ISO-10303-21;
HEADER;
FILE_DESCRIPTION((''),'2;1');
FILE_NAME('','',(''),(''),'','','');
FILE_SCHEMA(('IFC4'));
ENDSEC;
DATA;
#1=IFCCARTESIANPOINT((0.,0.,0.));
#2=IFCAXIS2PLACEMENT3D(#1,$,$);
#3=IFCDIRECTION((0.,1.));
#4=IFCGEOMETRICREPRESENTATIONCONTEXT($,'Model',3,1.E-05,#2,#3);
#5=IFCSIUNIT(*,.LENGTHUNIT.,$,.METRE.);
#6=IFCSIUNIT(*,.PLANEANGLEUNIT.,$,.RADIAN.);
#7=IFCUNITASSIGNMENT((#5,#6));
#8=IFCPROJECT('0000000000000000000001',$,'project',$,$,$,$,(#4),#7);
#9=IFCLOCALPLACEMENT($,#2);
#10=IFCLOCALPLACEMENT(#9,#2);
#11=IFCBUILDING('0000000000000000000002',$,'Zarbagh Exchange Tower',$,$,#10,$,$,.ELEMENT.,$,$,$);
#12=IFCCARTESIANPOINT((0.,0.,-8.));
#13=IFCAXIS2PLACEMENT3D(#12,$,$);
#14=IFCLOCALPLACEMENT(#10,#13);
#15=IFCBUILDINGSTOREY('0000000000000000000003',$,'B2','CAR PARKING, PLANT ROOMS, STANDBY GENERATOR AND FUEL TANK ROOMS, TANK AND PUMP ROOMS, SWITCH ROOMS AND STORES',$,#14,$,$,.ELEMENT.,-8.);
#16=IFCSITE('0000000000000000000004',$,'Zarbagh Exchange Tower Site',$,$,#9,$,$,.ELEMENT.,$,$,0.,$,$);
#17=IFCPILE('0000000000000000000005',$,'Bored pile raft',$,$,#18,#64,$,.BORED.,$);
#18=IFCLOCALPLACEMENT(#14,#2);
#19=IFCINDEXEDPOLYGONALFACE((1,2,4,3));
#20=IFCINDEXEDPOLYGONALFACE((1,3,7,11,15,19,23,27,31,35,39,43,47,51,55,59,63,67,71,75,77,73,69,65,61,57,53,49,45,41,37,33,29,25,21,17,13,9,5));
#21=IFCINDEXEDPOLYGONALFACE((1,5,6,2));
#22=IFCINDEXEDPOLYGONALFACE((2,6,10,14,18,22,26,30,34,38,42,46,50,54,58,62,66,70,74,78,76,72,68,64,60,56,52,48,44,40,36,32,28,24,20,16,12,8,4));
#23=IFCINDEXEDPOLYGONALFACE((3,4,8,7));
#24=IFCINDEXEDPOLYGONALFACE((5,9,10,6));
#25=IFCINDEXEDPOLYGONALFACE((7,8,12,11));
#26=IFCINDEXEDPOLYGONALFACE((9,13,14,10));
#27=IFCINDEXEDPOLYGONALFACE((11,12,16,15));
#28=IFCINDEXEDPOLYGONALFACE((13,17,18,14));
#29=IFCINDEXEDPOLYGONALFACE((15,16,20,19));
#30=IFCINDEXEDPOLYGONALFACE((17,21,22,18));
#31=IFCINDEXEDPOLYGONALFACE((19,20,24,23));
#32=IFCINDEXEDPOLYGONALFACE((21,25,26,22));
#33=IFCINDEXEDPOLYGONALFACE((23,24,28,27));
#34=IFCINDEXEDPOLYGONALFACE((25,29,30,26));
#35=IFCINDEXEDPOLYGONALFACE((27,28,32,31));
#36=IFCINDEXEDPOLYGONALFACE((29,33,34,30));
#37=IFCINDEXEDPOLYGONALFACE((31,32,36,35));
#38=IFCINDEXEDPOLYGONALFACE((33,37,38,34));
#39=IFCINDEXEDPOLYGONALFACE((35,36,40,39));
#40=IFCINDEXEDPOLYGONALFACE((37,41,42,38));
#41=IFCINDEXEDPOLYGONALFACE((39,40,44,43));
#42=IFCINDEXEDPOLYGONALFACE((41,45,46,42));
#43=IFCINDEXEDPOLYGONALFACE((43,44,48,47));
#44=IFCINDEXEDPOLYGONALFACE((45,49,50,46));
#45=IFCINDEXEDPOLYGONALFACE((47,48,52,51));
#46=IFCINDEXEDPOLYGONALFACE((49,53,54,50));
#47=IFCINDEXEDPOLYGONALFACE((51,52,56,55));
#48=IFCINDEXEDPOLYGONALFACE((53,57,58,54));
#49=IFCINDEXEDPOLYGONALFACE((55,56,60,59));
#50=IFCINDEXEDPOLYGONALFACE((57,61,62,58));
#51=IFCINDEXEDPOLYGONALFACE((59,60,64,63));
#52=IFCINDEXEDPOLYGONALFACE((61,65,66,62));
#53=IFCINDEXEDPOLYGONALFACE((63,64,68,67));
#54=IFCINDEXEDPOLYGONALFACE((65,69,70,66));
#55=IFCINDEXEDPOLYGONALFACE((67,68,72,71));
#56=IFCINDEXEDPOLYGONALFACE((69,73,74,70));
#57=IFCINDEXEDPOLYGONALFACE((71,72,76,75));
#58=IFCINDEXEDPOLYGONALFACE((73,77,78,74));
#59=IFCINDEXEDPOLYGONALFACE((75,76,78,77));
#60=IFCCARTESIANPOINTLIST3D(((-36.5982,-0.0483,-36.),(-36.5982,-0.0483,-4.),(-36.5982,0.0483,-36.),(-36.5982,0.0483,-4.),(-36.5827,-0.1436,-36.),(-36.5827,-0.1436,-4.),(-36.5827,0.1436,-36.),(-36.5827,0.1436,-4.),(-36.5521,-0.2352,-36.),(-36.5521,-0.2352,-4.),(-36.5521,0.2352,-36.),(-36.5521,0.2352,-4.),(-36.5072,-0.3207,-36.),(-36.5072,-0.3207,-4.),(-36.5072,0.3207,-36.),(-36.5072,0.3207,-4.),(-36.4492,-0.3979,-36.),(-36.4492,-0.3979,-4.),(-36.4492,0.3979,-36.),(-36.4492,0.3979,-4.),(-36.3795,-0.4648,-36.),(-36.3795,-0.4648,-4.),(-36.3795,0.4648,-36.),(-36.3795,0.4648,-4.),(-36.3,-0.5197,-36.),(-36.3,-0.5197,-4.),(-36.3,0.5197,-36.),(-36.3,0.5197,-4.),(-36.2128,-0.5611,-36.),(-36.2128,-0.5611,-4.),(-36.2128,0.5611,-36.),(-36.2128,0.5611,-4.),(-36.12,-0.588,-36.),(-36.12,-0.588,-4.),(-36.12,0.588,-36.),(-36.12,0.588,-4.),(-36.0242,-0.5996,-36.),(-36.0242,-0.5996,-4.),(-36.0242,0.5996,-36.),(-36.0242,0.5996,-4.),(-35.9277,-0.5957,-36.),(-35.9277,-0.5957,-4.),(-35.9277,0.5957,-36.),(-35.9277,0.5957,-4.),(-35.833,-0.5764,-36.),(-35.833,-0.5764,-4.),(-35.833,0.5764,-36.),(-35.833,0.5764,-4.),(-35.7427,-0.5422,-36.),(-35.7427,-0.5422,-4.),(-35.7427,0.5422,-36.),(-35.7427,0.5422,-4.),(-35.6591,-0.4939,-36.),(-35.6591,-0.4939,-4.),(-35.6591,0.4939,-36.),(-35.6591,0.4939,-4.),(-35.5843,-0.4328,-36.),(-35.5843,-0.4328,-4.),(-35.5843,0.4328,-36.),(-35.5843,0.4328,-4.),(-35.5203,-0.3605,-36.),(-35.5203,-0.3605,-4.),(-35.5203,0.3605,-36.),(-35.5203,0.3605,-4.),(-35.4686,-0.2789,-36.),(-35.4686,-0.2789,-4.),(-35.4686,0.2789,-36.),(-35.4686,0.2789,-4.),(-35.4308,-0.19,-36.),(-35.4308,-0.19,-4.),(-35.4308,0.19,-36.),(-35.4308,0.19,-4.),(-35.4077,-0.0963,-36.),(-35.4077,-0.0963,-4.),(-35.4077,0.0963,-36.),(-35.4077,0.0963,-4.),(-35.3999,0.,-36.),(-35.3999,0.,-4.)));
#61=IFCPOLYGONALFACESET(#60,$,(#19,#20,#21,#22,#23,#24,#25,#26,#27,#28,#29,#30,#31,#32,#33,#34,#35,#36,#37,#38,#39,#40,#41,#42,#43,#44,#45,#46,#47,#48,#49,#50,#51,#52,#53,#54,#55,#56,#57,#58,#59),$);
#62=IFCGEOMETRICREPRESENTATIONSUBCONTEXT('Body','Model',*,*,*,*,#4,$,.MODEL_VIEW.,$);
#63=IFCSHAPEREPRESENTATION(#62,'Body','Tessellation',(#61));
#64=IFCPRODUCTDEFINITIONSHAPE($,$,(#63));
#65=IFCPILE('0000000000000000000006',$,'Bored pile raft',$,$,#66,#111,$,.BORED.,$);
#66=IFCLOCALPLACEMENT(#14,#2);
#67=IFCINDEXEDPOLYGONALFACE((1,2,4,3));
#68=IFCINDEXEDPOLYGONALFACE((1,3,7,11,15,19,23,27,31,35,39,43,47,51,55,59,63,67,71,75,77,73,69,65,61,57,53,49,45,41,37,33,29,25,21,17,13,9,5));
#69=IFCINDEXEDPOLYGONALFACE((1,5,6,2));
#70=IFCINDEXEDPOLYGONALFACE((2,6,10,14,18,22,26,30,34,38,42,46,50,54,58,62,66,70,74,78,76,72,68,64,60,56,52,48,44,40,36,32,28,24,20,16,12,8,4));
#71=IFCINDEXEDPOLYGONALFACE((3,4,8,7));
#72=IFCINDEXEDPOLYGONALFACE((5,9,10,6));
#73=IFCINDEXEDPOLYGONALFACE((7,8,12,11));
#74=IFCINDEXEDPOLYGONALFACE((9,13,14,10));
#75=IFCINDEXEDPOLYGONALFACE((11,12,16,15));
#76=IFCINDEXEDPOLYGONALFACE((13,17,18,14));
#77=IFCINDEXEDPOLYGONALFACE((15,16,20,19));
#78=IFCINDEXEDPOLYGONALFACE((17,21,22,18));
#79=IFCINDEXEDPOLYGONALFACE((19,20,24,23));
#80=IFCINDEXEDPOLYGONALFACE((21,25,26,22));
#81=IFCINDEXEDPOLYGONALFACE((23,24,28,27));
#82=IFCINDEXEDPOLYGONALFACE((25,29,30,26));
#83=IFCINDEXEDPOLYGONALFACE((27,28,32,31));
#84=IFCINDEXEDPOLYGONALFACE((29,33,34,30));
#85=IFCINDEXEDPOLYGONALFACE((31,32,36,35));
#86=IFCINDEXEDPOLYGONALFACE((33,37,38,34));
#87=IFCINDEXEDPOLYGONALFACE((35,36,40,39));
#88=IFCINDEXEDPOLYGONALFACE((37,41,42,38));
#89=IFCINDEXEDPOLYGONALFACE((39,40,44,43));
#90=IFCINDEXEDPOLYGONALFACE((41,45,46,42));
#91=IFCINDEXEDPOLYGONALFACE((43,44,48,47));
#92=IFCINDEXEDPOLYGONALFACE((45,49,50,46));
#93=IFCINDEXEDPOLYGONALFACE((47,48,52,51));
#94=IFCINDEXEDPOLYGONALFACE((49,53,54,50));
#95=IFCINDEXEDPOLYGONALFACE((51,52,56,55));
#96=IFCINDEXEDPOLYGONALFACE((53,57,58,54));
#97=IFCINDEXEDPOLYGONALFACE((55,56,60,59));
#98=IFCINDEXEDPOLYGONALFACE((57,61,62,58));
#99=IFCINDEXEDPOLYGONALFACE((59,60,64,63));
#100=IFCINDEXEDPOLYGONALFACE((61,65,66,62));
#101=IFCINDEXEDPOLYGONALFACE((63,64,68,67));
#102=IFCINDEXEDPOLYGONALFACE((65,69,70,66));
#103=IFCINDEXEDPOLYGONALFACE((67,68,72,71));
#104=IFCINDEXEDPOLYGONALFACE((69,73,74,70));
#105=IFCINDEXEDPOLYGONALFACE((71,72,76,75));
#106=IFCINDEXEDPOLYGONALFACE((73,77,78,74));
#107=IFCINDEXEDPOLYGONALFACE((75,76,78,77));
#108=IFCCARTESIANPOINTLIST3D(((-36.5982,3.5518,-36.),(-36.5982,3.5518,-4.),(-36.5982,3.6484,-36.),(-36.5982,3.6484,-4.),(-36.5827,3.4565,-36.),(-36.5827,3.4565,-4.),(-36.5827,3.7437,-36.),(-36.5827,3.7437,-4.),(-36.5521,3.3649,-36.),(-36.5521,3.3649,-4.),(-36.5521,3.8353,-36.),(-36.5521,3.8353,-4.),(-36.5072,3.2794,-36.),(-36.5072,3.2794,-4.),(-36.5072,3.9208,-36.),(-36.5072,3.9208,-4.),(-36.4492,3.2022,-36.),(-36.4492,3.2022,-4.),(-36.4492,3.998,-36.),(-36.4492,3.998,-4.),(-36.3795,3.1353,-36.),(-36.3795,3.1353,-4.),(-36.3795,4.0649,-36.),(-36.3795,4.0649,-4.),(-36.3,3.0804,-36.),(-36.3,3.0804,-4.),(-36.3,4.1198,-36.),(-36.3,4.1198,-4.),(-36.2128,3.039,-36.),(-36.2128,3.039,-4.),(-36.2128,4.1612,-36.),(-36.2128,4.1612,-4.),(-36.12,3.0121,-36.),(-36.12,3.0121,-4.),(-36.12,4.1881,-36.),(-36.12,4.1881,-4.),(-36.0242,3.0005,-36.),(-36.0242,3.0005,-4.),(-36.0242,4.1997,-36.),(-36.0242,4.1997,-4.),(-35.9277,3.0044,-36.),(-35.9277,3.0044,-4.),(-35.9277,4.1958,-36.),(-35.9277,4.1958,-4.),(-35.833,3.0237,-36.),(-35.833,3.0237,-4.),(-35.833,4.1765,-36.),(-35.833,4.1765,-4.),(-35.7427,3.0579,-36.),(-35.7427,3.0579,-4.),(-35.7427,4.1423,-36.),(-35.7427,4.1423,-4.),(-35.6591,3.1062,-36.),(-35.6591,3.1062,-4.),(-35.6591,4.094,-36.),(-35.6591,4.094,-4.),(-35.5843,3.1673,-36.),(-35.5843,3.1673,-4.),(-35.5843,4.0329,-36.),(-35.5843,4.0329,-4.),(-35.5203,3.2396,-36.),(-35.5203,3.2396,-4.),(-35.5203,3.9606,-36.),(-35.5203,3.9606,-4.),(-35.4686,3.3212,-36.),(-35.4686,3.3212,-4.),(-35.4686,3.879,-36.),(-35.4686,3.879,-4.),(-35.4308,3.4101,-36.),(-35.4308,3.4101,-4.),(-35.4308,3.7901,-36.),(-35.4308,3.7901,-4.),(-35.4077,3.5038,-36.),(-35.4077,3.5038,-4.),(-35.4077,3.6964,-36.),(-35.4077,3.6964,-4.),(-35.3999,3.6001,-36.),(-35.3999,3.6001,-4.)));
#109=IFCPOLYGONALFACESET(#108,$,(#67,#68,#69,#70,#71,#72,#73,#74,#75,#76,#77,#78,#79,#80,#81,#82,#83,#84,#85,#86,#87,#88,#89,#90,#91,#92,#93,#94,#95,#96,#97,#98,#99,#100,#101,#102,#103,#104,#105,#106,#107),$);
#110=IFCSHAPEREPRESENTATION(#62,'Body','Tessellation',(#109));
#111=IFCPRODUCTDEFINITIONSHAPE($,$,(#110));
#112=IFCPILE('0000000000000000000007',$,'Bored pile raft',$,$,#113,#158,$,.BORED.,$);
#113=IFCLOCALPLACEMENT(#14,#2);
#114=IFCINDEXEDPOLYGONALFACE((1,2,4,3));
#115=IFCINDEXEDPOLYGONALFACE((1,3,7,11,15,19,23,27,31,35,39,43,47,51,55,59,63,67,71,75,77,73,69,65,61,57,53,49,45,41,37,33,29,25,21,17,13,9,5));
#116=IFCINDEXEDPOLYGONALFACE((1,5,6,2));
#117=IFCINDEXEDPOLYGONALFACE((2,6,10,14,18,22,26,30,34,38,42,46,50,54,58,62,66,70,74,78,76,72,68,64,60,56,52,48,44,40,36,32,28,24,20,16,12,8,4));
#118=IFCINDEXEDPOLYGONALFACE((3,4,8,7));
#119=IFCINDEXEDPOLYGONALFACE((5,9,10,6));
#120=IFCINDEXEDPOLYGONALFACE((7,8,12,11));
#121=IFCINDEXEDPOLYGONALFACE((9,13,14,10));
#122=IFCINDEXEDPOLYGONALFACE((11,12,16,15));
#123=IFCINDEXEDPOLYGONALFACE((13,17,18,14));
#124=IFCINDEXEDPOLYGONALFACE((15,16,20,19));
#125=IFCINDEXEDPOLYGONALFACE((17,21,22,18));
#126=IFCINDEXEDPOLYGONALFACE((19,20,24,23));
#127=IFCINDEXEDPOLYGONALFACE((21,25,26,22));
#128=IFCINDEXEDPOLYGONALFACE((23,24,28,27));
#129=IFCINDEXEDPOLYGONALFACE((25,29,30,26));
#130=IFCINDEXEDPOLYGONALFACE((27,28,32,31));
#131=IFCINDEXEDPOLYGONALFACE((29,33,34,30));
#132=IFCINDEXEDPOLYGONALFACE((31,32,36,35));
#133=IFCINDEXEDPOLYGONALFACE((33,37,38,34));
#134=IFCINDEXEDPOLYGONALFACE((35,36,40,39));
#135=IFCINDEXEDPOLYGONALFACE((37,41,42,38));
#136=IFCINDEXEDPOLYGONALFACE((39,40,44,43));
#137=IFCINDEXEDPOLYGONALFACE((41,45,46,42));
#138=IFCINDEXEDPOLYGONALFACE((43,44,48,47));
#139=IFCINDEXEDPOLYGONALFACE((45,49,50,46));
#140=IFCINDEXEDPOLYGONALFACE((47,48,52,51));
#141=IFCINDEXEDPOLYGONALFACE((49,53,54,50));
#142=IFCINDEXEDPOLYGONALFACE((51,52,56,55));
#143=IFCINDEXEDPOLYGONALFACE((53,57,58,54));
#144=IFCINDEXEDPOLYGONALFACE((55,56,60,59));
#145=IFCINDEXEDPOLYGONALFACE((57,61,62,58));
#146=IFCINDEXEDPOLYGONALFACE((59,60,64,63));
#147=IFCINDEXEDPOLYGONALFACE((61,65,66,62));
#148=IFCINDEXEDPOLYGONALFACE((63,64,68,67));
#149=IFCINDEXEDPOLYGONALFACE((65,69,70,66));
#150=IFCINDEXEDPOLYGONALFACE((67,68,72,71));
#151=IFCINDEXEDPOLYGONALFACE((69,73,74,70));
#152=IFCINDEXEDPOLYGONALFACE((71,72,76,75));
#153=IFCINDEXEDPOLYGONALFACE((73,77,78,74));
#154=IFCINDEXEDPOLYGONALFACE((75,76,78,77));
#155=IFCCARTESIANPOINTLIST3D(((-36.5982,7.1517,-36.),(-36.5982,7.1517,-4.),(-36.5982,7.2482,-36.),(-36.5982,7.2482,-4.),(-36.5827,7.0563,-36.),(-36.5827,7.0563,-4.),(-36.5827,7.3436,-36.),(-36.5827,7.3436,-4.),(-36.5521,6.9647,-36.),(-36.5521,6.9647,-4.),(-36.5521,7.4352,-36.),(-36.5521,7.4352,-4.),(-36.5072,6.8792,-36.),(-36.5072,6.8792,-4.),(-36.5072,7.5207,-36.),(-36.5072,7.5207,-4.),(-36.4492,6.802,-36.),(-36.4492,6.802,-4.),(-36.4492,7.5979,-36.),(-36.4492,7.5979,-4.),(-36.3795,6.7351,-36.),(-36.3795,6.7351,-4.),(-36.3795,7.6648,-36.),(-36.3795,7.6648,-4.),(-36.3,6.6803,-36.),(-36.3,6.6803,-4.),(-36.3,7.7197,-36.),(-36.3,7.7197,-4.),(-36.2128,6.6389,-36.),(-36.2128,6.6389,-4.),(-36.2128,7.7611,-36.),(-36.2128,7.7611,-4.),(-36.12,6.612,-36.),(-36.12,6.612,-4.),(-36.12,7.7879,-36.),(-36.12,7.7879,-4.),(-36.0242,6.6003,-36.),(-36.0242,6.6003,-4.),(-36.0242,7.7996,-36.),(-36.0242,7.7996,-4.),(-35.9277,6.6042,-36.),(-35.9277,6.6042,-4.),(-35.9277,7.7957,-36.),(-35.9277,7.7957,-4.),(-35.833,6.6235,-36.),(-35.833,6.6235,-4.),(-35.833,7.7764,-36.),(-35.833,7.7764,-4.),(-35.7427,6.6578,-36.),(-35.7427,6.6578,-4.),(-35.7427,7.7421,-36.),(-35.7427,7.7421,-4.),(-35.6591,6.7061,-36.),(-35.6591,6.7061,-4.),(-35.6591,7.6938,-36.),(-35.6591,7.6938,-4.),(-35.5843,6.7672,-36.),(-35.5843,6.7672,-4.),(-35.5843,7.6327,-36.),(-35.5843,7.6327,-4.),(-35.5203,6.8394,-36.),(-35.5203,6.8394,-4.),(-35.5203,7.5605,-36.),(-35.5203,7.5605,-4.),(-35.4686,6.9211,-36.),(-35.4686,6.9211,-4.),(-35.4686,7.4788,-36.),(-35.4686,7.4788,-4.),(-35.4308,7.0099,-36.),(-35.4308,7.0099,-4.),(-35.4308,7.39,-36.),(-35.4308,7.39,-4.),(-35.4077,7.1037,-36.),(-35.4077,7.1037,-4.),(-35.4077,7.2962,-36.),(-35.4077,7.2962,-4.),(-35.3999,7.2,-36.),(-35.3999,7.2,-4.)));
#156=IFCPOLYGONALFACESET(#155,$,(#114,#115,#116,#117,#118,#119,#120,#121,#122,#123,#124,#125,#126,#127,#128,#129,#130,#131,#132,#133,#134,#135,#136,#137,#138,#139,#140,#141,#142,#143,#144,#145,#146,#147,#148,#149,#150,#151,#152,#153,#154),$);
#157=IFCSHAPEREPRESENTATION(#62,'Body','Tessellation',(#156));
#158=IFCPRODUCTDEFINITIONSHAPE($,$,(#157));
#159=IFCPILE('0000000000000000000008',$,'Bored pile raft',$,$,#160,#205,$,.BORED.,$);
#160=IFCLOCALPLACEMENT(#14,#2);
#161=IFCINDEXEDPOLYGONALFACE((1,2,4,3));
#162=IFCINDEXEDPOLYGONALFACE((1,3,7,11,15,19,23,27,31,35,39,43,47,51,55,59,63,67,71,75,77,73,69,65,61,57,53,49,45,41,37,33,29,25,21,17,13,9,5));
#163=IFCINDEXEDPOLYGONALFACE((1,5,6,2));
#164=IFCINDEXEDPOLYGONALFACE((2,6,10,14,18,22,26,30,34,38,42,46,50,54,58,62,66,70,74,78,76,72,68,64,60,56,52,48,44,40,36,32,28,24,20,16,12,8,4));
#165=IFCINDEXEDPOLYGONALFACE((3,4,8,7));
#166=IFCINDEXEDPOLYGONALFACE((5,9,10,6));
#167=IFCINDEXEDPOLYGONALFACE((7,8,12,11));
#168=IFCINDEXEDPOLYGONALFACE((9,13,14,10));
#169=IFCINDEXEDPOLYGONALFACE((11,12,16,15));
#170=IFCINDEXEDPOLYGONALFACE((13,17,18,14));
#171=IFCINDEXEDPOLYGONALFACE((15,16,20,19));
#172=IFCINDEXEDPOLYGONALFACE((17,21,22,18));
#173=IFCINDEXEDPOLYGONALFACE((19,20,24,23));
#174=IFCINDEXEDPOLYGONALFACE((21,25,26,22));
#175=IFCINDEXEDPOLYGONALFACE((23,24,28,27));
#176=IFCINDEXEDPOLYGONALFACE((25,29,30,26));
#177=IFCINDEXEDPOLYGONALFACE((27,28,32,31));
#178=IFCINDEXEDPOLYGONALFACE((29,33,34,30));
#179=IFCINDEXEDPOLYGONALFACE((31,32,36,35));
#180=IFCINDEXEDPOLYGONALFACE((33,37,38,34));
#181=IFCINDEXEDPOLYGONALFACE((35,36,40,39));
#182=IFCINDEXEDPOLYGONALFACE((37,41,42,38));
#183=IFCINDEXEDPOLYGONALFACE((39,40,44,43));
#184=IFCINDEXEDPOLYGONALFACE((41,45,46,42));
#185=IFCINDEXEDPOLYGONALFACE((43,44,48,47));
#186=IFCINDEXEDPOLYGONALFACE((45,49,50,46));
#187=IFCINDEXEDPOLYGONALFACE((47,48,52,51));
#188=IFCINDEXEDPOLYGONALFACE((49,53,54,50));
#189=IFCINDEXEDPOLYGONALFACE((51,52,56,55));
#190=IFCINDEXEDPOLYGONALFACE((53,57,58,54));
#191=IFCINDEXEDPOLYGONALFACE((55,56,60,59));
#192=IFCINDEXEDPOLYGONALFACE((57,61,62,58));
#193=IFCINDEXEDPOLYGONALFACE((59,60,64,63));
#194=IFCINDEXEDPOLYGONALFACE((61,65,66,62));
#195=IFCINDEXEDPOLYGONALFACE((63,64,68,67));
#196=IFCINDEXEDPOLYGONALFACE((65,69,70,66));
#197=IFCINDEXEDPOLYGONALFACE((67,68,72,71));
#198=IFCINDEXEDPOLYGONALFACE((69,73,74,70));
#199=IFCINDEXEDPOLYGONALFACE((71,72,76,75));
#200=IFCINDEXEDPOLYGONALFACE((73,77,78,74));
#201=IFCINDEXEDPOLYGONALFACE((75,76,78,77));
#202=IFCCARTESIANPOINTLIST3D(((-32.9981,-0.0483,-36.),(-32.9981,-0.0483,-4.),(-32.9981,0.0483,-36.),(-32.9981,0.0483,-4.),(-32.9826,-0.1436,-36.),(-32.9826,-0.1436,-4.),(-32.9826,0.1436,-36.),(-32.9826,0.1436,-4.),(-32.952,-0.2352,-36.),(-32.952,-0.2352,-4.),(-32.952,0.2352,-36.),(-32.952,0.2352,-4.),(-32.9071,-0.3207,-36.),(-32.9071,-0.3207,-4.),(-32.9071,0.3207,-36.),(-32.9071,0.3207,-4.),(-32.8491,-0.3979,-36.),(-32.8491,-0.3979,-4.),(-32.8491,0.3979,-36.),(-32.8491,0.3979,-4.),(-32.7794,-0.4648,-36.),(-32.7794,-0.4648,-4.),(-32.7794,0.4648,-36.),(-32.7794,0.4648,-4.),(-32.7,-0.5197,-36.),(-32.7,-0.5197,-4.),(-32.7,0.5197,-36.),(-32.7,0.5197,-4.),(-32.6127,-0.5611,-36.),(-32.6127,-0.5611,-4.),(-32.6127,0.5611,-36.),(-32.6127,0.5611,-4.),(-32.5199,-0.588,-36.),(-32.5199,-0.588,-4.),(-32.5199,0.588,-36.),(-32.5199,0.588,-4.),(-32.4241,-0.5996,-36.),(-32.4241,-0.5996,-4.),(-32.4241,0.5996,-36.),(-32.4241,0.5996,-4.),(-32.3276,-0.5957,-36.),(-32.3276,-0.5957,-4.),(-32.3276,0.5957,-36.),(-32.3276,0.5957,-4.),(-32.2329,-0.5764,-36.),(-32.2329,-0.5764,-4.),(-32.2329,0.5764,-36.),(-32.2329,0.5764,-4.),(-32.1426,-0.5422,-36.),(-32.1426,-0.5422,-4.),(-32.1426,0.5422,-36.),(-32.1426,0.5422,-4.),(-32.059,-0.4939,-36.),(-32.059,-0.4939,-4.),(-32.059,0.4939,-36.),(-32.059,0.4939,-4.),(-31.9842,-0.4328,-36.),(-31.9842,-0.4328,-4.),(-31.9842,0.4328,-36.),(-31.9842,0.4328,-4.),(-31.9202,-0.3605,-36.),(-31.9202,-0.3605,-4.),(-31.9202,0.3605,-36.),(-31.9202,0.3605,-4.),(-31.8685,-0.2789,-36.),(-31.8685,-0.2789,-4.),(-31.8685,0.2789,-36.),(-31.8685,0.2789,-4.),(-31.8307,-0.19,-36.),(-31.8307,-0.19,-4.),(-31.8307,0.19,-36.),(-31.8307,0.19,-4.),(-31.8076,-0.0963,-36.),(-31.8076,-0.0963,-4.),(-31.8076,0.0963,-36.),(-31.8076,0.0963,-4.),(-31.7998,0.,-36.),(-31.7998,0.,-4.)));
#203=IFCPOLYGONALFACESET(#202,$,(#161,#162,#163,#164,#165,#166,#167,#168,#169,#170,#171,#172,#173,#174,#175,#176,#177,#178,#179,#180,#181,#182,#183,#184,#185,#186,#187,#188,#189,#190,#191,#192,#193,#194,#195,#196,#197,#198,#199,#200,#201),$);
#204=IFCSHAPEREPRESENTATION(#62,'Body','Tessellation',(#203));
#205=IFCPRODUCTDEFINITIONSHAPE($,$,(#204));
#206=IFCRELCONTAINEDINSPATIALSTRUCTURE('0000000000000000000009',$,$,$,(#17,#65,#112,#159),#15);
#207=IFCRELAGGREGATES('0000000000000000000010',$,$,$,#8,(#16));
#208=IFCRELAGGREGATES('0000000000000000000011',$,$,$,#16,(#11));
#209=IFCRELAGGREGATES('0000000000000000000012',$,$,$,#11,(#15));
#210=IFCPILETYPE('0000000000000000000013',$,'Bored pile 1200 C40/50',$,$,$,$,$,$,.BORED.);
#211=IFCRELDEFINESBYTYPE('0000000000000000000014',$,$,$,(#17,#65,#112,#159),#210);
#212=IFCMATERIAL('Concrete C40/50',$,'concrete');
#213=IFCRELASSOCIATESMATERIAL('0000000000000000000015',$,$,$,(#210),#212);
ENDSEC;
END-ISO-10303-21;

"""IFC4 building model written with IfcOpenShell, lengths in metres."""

from ifc_helpers import new_model, si_unit, direction, frame, origin, origin_2d, place, context, subcontext, project, spatial, circle, extrude, material, material_profile, profile_set, type_object, element, save


model = new_model("IFC4")

# Units and contexts
model_context = context("Model", 3, precision=1e-05, world=origin(), true_north=direction((0.0, 1.0)))
body_context = subcontext(model_context, "Body", "Model", "MODEL_VIEW")
ifc_project = project(units=[si_unit("LENGTHUNIT", "METRE"), si_unit("PLANEANGLEUNIT", "RADIAN")], contexts=[model_context])

# Site, building, storey
site_placement = place(None, origin())
site = spatial("IfcSite", under=ifc_project, at=site_placement, Name="Zarbagh Exchange Tower Site", CompositionType="ELEMENT", RefElevation=0.0)
building_placement = place(site_placement, origin())
building = spatial("IfcBuilding", under=site, at=building_placement, Name="Zarbagh Exchange Tower", CompositionType="ELEMENT")
storey_placement = place(building_placement, frame((0.0, 0.0, -8.0)))
storey = spatial("IfcBuildingStorey", under=building, at=storey_placement, Name="B2", Description="CAR PARKING, PLANT ROOMS, STANDBY GENERATOR AND FUEL TANK ROOMS, TANK AND PUMP ROOMS, SWITCH ROOMS AND STORES", CompositionType="ELEMENT", Elevation=-8.0)

# Piles
ifc_material_1 = material(Name="Concrete C40/50", Category="concrete")
ifc_material_profile_1 = material_profile(ifc_material_1, circle(Radius=0.6001, at=origin_2d()), Name="Bored pile 1200 C40/50")
ifc_profile_set_1 = profile_set([ifc_material_profile_1], Name="Concrete C40/50")
pile_type = type_object("IfcPileType", Name="Bored pile 1200 C40/50", PredefinedType="BORED", material=ifc_profile_set_1)
for number, where, z_axis, x_axis, name in (
    (1, (-36.0, 0.0, -4.0), (0.0, 0.0, -1.0), (1.0, 0.0, 0.0), "Bored pile raft"),
    (2, (-36.0, 3.6001, -4.0), (0.0, 0.0, -1.0), (1.0, 0.0, 0.0), "Bored pile raft"),
    (3, (-36.0, 7.2, -4.0), (0.0, 0.0, -1.0), (1.0, 0.0, 0.0), "Bored pile raft"),
    (4, (-32.3999, 0.0, -4.0), (0.0, 0.0, -1.0), (1.0, 0.0, 0.0), "Bored pile raft"),
):
    element("IfcPile", number, at=place(storey_placement, frame(where, z_axis=z_axis, x_axis=x_axis)), inside=storey, type_object=pile_type, Name=name, PredefinedType="BORED", context=body_context, shape_type="SweptSolid", body=[
        extrude(circle(Radius=0.6001, at=origin_2d()), origin(), (0.0, 0.0, 1.0), 32.0),
    ])

save(model, "model.ifc")
